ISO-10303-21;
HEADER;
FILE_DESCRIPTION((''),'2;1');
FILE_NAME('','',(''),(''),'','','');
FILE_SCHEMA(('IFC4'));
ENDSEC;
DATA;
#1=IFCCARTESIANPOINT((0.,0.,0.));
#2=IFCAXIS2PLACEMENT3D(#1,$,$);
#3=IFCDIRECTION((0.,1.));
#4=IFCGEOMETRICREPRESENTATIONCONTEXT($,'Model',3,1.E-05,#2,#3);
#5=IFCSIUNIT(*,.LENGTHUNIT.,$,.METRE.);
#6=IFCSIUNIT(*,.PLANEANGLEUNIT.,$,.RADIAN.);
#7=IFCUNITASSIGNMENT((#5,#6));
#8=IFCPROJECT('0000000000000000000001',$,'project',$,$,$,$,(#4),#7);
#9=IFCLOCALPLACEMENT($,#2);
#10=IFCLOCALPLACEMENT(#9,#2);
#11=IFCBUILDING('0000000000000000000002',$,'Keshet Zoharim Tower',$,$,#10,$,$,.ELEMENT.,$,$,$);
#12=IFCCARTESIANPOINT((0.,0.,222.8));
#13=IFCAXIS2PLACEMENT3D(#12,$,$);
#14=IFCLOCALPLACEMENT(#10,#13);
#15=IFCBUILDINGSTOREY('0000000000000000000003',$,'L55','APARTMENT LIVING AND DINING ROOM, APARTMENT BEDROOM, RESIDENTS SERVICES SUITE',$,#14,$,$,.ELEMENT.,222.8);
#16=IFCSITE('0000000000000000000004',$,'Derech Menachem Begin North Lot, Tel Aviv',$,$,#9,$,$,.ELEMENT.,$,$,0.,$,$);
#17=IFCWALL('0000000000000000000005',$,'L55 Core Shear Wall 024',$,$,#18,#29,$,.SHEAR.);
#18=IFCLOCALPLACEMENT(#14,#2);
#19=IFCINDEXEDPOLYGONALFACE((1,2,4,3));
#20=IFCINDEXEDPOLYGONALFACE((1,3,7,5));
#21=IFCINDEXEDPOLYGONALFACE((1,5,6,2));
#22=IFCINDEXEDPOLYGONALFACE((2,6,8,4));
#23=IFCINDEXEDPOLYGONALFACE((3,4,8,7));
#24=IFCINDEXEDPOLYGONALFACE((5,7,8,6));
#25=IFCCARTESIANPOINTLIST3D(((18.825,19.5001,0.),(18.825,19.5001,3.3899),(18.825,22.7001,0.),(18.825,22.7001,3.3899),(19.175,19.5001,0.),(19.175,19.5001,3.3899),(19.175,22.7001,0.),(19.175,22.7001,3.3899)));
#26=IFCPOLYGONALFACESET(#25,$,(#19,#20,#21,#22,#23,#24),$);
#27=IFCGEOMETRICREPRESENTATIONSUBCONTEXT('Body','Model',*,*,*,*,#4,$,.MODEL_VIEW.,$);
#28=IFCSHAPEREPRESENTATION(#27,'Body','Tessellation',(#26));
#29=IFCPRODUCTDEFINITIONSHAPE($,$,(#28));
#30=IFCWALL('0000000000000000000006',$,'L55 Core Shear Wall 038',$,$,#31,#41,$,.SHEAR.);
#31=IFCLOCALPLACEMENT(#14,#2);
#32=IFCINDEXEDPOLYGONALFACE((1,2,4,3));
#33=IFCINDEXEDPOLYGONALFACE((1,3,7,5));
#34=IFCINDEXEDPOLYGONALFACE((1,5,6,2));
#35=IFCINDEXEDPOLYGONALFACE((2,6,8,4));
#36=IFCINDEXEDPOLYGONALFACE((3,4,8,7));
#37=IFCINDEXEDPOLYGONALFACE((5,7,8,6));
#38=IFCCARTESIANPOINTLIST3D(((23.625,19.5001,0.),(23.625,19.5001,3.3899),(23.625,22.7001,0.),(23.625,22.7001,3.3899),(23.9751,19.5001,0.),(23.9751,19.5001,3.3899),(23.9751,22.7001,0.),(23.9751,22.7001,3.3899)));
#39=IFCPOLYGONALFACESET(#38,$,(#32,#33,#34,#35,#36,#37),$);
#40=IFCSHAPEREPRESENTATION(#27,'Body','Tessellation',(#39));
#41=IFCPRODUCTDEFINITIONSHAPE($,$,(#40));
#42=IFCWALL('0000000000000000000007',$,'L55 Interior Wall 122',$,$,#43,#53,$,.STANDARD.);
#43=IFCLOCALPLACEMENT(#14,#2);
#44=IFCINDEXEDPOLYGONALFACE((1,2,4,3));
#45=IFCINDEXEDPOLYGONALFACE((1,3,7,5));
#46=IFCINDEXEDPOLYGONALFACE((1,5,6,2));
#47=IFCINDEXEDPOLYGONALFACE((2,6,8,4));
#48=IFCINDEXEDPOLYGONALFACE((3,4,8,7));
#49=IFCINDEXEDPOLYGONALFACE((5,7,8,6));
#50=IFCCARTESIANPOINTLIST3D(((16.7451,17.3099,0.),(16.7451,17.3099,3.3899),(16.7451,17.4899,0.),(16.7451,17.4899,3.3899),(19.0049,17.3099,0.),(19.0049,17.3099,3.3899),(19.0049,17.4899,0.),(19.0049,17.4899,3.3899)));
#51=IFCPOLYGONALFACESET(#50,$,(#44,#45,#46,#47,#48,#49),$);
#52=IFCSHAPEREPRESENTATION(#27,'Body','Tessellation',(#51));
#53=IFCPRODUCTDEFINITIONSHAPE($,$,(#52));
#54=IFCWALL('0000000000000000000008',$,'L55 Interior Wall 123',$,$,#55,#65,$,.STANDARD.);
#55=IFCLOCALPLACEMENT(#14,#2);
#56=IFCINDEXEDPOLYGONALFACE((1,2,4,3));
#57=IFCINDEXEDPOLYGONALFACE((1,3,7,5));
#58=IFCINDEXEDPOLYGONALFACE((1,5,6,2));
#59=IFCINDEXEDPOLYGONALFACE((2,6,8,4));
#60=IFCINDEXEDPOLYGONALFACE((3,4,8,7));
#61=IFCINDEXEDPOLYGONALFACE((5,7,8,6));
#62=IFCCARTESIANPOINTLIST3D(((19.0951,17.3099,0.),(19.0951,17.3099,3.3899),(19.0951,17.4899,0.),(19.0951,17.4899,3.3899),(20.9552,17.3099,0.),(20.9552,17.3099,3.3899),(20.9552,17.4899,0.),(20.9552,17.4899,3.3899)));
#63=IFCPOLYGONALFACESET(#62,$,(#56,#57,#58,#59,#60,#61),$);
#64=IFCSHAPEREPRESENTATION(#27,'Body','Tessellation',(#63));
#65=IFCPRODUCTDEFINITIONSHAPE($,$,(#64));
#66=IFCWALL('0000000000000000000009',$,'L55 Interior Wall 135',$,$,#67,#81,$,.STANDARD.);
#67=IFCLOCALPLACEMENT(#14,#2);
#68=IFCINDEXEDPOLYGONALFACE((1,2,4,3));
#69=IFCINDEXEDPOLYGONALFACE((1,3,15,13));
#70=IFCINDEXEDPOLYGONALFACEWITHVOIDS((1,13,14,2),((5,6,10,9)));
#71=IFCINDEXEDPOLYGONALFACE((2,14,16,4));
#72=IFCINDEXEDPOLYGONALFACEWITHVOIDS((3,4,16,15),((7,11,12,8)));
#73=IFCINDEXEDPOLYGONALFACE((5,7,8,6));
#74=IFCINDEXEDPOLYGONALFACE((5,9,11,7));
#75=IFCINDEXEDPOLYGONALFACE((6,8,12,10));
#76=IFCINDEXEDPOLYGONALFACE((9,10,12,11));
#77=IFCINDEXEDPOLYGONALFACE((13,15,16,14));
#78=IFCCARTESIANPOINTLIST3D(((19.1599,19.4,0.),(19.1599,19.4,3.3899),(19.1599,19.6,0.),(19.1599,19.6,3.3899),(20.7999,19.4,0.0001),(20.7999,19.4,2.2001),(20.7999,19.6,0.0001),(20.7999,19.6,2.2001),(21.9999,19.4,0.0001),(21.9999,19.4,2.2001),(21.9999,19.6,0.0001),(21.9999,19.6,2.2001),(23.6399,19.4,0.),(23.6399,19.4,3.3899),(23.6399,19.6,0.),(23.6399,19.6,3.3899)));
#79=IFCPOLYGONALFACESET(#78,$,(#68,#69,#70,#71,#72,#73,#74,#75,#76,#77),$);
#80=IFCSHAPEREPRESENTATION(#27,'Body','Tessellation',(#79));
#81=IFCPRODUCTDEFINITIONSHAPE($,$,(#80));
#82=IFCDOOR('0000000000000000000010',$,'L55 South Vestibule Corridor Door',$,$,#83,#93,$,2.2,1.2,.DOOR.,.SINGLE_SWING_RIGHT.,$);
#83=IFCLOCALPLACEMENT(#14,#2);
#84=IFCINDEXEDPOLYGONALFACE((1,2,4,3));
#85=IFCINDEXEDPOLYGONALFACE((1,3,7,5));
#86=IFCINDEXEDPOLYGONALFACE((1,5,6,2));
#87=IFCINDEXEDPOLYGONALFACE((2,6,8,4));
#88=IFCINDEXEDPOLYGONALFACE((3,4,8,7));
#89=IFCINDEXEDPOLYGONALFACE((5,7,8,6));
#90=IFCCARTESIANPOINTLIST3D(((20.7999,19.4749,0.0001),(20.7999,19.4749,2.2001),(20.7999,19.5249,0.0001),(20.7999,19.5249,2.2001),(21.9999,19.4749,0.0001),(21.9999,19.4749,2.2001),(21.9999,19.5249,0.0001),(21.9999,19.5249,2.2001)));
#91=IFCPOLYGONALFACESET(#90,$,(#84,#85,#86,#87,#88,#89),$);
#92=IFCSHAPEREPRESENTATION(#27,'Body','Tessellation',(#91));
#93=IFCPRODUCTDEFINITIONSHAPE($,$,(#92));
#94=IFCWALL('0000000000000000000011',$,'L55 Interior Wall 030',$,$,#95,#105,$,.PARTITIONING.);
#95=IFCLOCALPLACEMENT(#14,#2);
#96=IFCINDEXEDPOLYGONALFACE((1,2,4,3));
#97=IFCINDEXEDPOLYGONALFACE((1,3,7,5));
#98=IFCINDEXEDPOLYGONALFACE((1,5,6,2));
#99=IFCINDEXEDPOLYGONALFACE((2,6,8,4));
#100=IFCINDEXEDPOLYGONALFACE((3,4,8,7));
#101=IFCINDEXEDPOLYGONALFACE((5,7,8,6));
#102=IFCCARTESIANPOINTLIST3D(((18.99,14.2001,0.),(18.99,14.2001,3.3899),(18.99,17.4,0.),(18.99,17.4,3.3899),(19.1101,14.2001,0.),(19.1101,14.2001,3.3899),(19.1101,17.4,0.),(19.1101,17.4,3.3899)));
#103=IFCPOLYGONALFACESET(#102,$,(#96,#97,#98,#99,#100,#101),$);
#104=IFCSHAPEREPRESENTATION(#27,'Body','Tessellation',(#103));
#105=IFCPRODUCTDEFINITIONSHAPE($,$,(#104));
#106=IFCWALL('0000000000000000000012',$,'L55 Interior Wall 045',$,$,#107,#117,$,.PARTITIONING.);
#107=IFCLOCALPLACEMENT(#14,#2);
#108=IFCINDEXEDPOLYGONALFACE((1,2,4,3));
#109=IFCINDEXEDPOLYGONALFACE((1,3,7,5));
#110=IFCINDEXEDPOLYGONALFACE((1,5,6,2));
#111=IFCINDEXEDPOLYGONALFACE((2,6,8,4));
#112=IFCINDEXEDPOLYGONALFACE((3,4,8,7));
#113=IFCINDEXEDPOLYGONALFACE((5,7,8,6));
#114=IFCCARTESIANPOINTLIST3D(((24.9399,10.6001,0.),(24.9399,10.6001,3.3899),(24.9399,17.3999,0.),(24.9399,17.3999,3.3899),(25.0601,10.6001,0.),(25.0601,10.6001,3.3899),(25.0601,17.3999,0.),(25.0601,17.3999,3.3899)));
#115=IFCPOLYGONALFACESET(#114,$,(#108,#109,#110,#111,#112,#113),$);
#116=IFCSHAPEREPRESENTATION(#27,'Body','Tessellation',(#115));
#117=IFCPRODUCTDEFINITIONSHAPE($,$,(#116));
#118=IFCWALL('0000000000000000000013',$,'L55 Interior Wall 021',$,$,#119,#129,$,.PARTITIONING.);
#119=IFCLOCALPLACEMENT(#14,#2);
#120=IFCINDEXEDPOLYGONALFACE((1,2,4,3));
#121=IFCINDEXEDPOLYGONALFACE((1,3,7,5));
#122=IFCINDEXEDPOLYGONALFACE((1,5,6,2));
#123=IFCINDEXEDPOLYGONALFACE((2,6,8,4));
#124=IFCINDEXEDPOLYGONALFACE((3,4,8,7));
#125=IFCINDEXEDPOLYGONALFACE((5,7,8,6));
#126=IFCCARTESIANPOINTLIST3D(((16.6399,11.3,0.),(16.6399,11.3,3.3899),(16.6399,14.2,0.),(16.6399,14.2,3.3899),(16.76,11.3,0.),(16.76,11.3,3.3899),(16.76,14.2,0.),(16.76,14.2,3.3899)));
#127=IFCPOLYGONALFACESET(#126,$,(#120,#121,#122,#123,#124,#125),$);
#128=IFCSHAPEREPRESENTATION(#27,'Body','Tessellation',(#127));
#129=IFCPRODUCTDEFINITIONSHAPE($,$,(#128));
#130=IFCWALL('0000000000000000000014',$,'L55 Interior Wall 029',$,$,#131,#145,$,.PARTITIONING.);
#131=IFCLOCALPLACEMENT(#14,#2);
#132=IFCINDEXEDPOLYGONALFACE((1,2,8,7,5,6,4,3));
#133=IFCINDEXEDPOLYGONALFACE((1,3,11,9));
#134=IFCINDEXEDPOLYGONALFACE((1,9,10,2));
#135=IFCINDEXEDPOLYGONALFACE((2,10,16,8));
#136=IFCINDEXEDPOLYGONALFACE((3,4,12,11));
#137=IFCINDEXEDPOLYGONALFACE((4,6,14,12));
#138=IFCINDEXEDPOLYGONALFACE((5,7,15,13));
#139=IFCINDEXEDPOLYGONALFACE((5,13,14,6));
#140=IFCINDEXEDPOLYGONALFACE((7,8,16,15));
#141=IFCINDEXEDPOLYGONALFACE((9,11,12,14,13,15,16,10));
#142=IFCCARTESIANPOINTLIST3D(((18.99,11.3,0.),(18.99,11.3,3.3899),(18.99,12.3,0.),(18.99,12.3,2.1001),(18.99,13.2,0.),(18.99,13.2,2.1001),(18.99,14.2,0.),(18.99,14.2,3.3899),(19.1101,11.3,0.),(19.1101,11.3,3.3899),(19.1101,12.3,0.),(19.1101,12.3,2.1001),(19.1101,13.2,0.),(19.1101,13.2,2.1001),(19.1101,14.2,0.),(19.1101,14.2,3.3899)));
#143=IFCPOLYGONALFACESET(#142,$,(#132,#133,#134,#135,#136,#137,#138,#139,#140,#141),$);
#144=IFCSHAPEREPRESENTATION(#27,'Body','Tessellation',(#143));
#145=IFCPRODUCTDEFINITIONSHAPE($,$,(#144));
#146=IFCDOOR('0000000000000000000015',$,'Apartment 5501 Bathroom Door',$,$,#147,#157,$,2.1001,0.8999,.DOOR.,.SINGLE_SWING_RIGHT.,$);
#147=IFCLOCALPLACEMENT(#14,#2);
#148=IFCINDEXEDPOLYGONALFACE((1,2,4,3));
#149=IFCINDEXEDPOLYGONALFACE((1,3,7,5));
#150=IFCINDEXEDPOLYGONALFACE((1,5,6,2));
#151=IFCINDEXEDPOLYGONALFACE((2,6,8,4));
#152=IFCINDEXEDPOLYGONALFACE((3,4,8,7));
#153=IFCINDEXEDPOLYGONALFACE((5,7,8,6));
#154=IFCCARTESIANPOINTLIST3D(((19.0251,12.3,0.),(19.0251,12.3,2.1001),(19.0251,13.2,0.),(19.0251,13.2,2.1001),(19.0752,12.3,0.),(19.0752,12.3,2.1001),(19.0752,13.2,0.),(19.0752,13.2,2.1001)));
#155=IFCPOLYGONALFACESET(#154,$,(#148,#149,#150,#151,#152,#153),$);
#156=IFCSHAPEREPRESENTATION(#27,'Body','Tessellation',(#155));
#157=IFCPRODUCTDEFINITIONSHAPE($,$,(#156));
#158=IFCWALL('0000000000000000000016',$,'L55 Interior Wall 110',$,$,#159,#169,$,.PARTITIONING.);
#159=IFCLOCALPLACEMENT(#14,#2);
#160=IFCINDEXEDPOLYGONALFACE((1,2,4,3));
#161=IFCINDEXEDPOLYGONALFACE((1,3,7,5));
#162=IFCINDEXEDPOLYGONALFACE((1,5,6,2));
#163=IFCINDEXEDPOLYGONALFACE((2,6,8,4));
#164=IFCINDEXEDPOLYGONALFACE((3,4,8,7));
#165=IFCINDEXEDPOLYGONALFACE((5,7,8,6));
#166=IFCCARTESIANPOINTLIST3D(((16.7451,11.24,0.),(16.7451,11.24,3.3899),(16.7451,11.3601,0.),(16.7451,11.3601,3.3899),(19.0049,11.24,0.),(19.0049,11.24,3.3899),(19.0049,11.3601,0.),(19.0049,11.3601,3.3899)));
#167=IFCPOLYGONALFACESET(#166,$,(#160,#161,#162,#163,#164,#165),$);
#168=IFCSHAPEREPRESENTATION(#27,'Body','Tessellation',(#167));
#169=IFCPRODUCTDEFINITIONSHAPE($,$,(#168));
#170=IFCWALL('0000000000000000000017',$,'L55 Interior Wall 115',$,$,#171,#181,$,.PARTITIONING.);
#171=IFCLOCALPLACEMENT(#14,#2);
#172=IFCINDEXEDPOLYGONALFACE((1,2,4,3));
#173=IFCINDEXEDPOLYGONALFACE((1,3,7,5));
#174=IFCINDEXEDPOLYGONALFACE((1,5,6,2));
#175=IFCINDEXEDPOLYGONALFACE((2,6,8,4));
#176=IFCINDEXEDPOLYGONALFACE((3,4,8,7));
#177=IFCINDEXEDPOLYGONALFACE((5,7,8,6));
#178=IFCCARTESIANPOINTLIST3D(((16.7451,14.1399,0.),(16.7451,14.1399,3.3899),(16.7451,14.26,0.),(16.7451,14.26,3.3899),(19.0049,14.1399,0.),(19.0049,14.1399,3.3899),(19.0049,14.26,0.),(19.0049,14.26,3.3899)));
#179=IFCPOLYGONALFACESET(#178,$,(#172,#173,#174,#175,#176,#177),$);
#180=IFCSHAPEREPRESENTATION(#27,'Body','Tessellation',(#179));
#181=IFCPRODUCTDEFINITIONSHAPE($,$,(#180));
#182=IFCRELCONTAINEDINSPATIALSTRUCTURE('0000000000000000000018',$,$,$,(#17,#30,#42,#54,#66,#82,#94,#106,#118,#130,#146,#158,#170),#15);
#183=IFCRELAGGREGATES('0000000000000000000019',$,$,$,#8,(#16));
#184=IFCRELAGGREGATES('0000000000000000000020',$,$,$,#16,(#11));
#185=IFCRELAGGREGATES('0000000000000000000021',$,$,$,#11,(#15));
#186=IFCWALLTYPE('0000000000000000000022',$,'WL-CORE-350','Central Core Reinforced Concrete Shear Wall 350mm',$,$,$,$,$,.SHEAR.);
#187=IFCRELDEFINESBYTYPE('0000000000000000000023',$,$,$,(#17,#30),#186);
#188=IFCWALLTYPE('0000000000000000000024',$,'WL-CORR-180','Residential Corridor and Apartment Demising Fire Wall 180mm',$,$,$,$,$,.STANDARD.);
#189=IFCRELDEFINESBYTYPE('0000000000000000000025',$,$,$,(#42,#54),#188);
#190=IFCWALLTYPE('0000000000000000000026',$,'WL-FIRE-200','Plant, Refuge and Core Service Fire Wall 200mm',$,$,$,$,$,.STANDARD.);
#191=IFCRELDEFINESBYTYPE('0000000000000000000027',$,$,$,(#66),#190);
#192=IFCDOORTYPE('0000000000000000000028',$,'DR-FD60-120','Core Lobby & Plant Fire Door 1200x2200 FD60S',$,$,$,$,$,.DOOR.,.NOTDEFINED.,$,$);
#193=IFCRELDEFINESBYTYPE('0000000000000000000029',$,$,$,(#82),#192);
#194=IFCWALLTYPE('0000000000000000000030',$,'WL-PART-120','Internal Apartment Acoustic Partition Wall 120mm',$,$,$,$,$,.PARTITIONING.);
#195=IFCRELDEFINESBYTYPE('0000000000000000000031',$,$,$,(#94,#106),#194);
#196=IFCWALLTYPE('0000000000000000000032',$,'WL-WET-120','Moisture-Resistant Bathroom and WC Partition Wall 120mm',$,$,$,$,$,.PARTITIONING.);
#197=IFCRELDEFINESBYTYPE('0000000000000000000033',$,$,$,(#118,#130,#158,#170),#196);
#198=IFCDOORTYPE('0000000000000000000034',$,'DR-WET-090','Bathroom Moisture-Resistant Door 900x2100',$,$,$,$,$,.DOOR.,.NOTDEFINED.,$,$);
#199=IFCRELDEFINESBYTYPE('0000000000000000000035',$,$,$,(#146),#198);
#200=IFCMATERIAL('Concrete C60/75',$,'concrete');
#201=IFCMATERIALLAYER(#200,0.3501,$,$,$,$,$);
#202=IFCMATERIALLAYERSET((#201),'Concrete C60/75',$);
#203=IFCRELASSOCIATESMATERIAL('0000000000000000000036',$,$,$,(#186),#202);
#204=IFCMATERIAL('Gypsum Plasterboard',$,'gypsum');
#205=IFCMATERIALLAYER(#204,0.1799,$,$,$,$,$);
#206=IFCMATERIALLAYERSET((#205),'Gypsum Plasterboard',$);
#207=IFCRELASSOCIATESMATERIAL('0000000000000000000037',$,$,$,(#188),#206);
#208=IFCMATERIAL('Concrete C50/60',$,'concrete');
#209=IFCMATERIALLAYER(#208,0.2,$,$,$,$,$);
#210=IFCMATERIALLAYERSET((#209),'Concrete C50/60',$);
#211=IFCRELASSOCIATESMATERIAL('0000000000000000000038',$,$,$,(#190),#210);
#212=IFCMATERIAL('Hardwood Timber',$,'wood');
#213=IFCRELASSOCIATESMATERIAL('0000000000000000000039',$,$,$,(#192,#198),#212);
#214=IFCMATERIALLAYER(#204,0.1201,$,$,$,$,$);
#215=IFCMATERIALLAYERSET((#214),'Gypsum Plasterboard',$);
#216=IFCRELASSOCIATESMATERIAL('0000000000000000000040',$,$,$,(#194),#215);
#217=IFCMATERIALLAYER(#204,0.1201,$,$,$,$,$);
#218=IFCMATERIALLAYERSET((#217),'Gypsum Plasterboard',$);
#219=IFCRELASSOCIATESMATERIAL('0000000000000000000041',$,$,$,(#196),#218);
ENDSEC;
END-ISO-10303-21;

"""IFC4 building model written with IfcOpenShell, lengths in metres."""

from ifc_helpers import new_model, si_unit, direction, frame, frame_2d, origin, place, context, subcontext, project, spatial, rectangle, extrude, material, layer, layer_set, type_object, element, fill, save


model = new_model("IFC4")

# Units and contexts
model_context = context("Model", 3, precision=1e-05, world=origin(), true_north=direction((0.0, 1.0)))
body_context = subcontext(model_context, "Body", "Model", "MODEL_VIEW")
ifc_project = project(units=[si_unit("LENGTHUNIT", "METRE"), si_unit("PLANEANGLEUNIT", "RADIAN")], contexts=[model_context])

# Site, building, storey
site_placement = place(None, origin())
site = spatial("IfcSite", under=ifc_project, at=site_placement, Name="Derech Menachem Begin North Lot, Tel Aviv", CompositionType="ELEMENT", RefElevation=0.0)
building_placement = place(site_placement, origin())
building = spatial("IfcBuilding", under=site, at=building_placement, Name="Keshet Zoharim Tower", CompositionType="ELEMENT")
storey_placement = place(building_placement, frame((0.0, 0.0, 222.8)))
storey = spatial("IfcBuildingStorey", under=building, at=storey_placement, Name="L55", Description="APARTMENT LIVING AND DINING ROOM, APARTMENT BEDROOM, RESIDENTS SERVICES SUITE", CompositionType="ELEMENT", Elevation=222.8)

# Shared definitions
ifc_material_1 = material(Name="Gypsum Plasterboard", Category="gypsum")
ifc_material_2 = material(Name="Hardwood Timber", Category="wood")

# Walls
ifc_material_3 = material(Name="Concrete C60/75", Category="concrete")
ifc_layer_1 = layer(ifc_material_3, 0.3501)
ifc_layer_set_1 = layer_set([ifc_layer_1], Name="Concrete C60/75")
wall_type_1 = type_object("IfcWallType", Name="WL-CORE-350", Description="Central Core Reinforced Concrete Shear Wall 350mm", PredefinedType="SHEAR", material=ifc_layer_set_1)
for number, where, z_axis, x_axis, name in (
    (1, (19.0, 19.5, 0.0), (0.0, 0.0, 1.0), (0.0, 1.0, 0.0), "L55 Core Shear Wall 024"),
    (2, (23.8, 19.5, 0.0), (0.0, 0.0, 1.0), (0.0, 1.0, 0.0), "L55 Core Shear Wall 038"),
):
    element("IfcWall", number, at=place(storey_placement, frame(where, z_axis=z_axis, x_axis=x_axis)), inside=storey, type_object=wall_type_1, Name=name, PredefinedType="SHEAR", context=body_context, shape_type="SweptSolid", body=[
        extrude(rectangle(XDim=3.2, YDim=0.3501, at=frame_2d((1.6001, 0.0))), origin(), (0.0, 0.0, 1.0), 3.3899),
    ])
ifc_layer_2 = layer(ifc_material_1, 0.1799)
ifc_layer_set_2 = layer_set([ifc_layer_2], Name="Gypsum Plasterboard")
wall_type_2 = type_object("IfcWallType", Name="WL-CORR-180", Description="Residential Corridor and Apartment Demising Fire Wall 180mm", PredefinedType="STANDARD", material=ifc_layer_set_2)
wall_1_placement = place(storey_placement, frame((16.7451, 17.3999, 0.0), z_axis=(0.0, 0.0, 1.0), x_axis=(1.0, 0.0, 0.0)))
element("IfcWall", 3, at=wall_1_placement, inside=storey, type_object=wall_type_2, Name="L55 Interior Wall 122", PredefinedType="STANDARD", context=body_context, shape_type="SweptSolid", body=[
    extrude(rectangle(XDim=2.2598, YDim=0.1799, at=frame_2d((1.1299, 0.0))), origin(), (0.0, 0.0, 1.0), 3.3899),
])
wall_2_placement = place(storey_placement, frame((19.095, 17.3999, 0.0), z_axis=(0.0, 0.0, 1.0), x_axis=(1.0, 0.0, 0.0)))
element("IfcWall", 4, at=wall_2_placement, inside=storey, type_object=wall_type_2, Name="L55 Interior Wall 123", PredefinedType="STANDARD", context=body_context, shape_type="SweptSolid", body=[
    extrude(rectangle(XDim=1.8601, YDim=0.1799, at=frame_2d((0.9302, 0.0))), origin(), (0.0, 0.0, 1.0), 3.3899),
])

# Wall, opening, door
ifc_material_4 = material(Name="Concrete C50/60", Category="concrete")
ifc_layer_3 = layer(ifc_material_4, 0.2)
ifc_layer_set_3 = layer_set([ifc_layer_3], Name="Concrete C50/60")
wall_type_3 = type_object("IfcWallType", Name="WL-FIRE-200", Description="Plant, Refuge and Core Service Fire Wall 200mm", PredefinedType="STANDARD", material=ifc_layer_set_3)
wall_3_placement = place(storey_placement, frame((19.1599, 19.5, 0.0), z_axis=(0.0, 0.0, 1.0), x_axis=(1.0, 0.0, 0.0)))
wall_3 = element("IfcWall", 5, at=wall_3_placement, inside=storey, type_object=wall_type_3, Name="L55 Interior Wall 135", PredefinedType="STANDARD", context=body_context, shape_type="SweptSolid", body=[
    extrude(rectangle(XDim=4.48, YDim=0.2, at=frame_2d((2.24, 0.0))), origin(), (0.0, 0.0, 1.0), 3.3899),
])
opening_1_placement = place(wall_3_placement, frame((1.6399, 0.0, 0.0)))
opening_1 = element("IfcOpeningElement", 6, at=opening_1_placement, cuts=wall_3, PredefinedType="OPENING", context=body_context, shape_type="SweptSolid", body=[
    extrude(rectangle(XDim=1.2, YDim=2.2, at=frame_2d((0.6001, 1.1001))), frame((0.0, 0.1099, 0.0), z_axis=(0.0, -1.0, 0.0), x_axis=(1.0, 0.0, 0.0)), (0.0, 0.0, 1.0), 0.22),
])
door_type_1 = type_object("IfcDoorType", Name="DR-FD60-120", Description="Core Lobby & Plant Fire Door 1200x2200 FD60S", OperationType="NOTDEFINED", PredefinedType="DOOR", material=ifc_material_2)
door_1_placement = place(opening_1_placement, origin())
door_1 = element("IfcDoor", 7, at=door_1_placement, inside=storey, type_object=door_type_1, Name="L55 South Vestibule Corridor Door", OperationType="SINGLE_SWING_RIGHT", OverallHeight=2.2, OverallWidth=1.2, PredefinedType="DOOR", context=body_context, shape_type="SweptSolid", body=[
    extrude(rectangle(XDim=1.2, YDim=2.2, at=frame_2d((0.6001, 1.1001))), frame((0.0, 0.0249, 0.0), z_axis=(0.0, -1.0, 0.0), x_axis=(1.0, 0.0, 0.0)), (0.0, 0.0, 1.0), 0.05),
])
fill(opening_1, door_1)
ifc_layer_4 = layer(ifc_material_1, 0.1201)
ifc_layer_set_4 = layer_set([ifc_layer_4], Name="Gypsum Plasterboard")
wall_type_4 = type_object("IfcWallType", Name="WL-PART-120", Description="Internal Apartment Acoustic Partition Wall 120mm", PredefinedType="PARTITIONING", material=ifc_layer_set_4)

# Walls
wall_4_placement = place(storey_placement, frame((19.05, 14.2, 0.0), z_axis=(0.0, 0.0, 1.0), x_axis=(0.0, 1.0, 0.0)))
element("IfcWall", 8, at=wall_4_placement, inside=storey, type_object=wall_type_4, Name="L55 Interior Wall 030", PredefinedType="PARTITIONING", context=body_context, shape_type="SweptSolid", body=[
    extrude(rectangle(XDim=3.2, YDim=0.1201, at=frame_2d((1.6001, 0.0))), origin(), (0.0, 0.0, 1.0), 3.3899),
])
wall_5_placement = place(storey_placement, frame((25.0, 10.6001, 0.0), z_axis=(0.0, 0.0, 1.0), x_axis=(0.0, 1.0, 0.0)))
element("IfcWall", 9, at=wall_5_placement, inside=storey, type_object=wall_type_4, Name="L55 Interior Wall 045", PredefinedType="PARTITIONING", context=body_context, shape_type="SweptSolid", body=[
    extrude(rectangle(XDim=6.7998, YDim=0.1201, at=frame_2d((3.3999, 0.0))), origin(), (0.0, 0.0, 1.0), 3.3899),
])
ifc_layer_5 = layer(ifc_material_1, 0.1201)
ifc_layer_set_5 = layer_set([ifc_layer_5], Name="Gypsum Plasterboard")
wall_type_5 = type_object("IfcWallType", Name="WL-WET-120", Description="Moisture-Resistant Bathroom and WC Partition Wall 120mm", PredefinedType="PARTITIONING", material=ifc_layer_set_5)
wall_6_placement = place(storey_placement, frame((16.7, 11.3, 0.0), z_axis=(0.0, 0.0, 1.0), x_axis=(0.0, 1.0, 0.0)))
element("IfcWall", 10, at=wall_6_placement, inside=storey, type_object=wall_type_5, Name="L55 Interior Wall 021", PredefinedType="PARTITIONING", context=body_context, shape_type="SweptSolid", body=[
    extrude(rectangle(XDim=2.8999, YDim=0.1201, at=frame_2d((1.45, 0.0))), origin(), (0.0, 0.0, 1.0), 3.3899),
])

# Wall, opening, door
wall_7_placement = place(storey_placement, frame((19.05, 11.3, 0.0), z_axis=(0.0, 0.0, 1.0), x_axis=(0.0, 1.0, 0.0)))
wall_7 = element("IfcWall", 11, at=wall_7_placement, inside=storey, type_object=wall_type_5, Name="L55 Interior Wall 029", PredefinedType="PARTITIONING", context=body_context, shape_type="SweptSolid", body=[
    extrude(rectangle(XDim=2.8999, YDim=0.1201, at=frame_2d((1.45, 0.0))), origin(), (0.0, 0.0, 1.0), 3.3899),
])
opening_2_placement = place(wall_7_placement, frame((1.0, 0.0, 0.0)))
opening_2 = element("IfcOpeningElement", 12, at=opening_2_placement, cuts=wall_7, PredefinedType="OPENING", context=body_context, shape_type="SweptSolid", body=[
    extrude(rectangle(XDim=0.8999, YDim=2.1001, at=frame_2d((0.45, 1.05))), frame((0.0, 0.0701, 0.0), z_axis=(0.0, -1.0, 0.0), x_axis=(1.0, 0.0, 0.0)), (0.0, 0.0, 1.0), 0.1401),
])
door_type_2 = type_object("IfcDoorType", Name="DR-WET-090", Description="Bathroom Moisture-Resistant Door 900x2100", OperationType="NOTDEFINED", PredefinedType="DOOR", material=ifc_material_2)
door_2_placement = place(opening_2_placement, origin())
door_2 = element("IfcDoor", 13, at=door_2_placement, inside=storey, type_object=door_type_2, Name="Apartment 5501 Bathroom Door", OperationType="SINGLE_SWING_RIGHT", OverallHeight=2.1001, OverallWidth=0.8999, PredefinedType="DOOR", context=body_context, shape_type="SweptSolid", body=[
    extrude(rectangle(XDim=0.8999, YDim=2.1001, at=frame_2d((0.45, 1.05))), frame((0.0, 0.0249, 0.0), z_axis=(0.0, -1.0, 0.0), x_axis=(1.0, 0.0, 0.0)), (0.0, 0.0, 1.0), 0.05),
])
fill(opening_2, door_2)

# Walls
for number, where, z_axis, x_axis, name in (
    (14, (16.7451, 11.3, 0.0), (0.0, 0.0, 1.0), (1.0, 0.0, 0.0), "L55 Interior Wall 110"),
    (15, (16.7451, 14.2, 0.0), (0.0, 0.0, 1.0), (1.0, 0.0, 0.0), "L55 Interior Wall 115"),
):
    element("IfcWall", number, at=place(storey_placement, frame(where, z_axis=z_axis, x_axis=x_axis)), inside=storey, type_object=wall_type_5, Name=name, PredefinedType="PARTITIONING", context=body_context, shape_type="SweptSolid", body=[
        extrude(rectangle(XDim=2.2598, YDim=0.1201, at=frame_2d((1.1299, 0.0))), origin(), (0.0, 0.0, 1.0), 3.3899),
    ])

save(model, "model.ifc")
